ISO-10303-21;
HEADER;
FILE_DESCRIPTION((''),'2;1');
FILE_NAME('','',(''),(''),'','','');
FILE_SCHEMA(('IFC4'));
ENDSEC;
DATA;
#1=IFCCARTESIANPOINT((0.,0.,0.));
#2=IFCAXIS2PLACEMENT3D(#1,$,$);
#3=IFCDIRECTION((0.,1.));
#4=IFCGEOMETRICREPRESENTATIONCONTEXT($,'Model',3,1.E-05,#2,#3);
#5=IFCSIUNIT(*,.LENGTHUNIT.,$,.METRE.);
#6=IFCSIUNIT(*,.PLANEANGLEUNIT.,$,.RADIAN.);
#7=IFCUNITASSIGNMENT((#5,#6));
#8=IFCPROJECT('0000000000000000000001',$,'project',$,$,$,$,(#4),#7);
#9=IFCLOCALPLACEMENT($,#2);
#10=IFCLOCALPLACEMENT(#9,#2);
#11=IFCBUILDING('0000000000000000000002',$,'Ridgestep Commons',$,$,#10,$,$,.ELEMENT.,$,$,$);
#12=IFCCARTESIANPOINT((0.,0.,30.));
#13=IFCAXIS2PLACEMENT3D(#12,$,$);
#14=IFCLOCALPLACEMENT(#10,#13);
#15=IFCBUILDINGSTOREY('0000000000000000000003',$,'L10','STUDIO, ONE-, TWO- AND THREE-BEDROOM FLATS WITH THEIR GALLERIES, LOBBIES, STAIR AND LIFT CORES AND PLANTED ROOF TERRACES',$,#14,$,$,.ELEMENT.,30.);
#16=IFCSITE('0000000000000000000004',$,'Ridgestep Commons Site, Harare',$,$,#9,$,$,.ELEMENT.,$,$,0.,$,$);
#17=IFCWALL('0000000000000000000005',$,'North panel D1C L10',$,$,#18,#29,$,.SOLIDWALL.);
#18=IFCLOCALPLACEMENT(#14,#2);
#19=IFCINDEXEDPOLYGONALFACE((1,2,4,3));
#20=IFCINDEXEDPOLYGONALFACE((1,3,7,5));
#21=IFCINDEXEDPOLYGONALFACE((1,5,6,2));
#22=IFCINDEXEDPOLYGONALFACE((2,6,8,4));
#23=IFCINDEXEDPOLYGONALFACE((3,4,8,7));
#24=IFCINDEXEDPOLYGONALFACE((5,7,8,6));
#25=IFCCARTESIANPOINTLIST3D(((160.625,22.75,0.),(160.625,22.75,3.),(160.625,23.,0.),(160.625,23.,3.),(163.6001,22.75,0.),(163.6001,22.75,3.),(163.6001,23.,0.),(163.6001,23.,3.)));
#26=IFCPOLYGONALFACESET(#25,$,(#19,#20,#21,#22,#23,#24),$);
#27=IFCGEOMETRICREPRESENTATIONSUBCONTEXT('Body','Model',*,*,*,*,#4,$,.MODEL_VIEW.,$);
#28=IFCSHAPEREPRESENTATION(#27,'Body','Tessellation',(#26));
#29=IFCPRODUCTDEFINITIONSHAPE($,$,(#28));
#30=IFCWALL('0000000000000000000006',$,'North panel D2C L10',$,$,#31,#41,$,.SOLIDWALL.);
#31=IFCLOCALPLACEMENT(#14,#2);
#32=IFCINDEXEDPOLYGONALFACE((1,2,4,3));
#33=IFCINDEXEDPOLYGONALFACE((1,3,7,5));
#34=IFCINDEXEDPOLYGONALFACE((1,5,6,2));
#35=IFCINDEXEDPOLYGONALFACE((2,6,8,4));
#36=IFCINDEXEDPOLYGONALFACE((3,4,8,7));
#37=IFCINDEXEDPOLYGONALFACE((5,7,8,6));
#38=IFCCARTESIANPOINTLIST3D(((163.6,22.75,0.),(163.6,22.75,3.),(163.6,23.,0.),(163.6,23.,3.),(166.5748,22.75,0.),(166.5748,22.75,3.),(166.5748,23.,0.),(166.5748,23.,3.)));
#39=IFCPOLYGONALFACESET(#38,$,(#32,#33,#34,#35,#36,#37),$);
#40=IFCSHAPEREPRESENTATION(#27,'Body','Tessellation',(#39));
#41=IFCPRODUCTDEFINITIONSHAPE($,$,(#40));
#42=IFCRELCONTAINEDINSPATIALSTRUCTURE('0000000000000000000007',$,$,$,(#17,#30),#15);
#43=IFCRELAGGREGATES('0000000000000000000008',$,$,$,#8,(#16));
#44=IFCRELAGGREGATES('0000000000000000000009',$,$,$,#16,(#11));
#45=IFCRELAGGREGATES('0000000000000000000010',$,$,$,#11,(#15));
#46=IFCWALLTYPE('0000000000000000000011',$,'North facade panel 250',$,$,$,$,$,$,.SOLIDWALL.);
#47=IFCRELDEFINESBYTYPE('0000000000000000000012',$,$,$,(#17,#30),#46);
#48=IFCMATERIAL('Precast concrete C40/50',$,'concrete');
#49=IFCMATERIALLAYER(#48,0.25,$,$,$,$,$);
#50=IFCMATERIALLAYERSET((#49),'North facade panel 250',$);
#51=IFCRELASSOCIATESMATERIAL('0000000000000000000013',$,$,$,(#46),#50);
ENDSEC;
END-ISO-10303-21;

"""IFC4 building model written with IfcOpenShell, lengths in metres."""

from ifc_helpers import new_model, si_unit, direction, frame, frame_2d, origin, place, context, subcontext, project, spatial, rectangle, extrude, material, layer, layer_set, type_object, element, save


model = new_model("IFC4")

# Units and contexts
model_context = context("Model", 3, precision=1e-05, world=origin(), true_north=direction((0.0, 1.0)))
body_context = subcontext(model_context, "Body", "Model", "MODEL_VIEW")
ifc_project = project(units=[si_unit("LENGTHUNIT", "METRE"), si_unit("PLANEANGLEUNIT", "RADIAN")], contexts=[model_context])

# Site, building, storey
site_placement = place(None, origin())
site = spatial("IfcSite", under=ifc_project, at=site_placement, Name="Ridgestep Commons Site, Harare", CompositionType="ELEMENT", RefElevation=0.0)
building_placement = place(site_placement, origin())
building = spatial("IfcBuilding", under=site, at=building_placement, Name="Ridgestep Commons", CompositionType="ELEMENT")
storey_placement = place(building_placement, frame((0.0, 0.0, 30.0)))
storey = spatial("IfcBuildingStorey", under=building, at=storey_placement, Name="L10", Description="STUDIO, ONE-, TWO- AND THREE-BEDROOM FLATS WITH THEIR GALLERIES, LOBBIES, STAIR AND LIFT CORES AND PLANTED ROOF TERRACES", CompositionType="ELEMENT", Elevation=30.0)

# Walls
ifc_material_1 = material(Name="Precast concrete C40/50", Category="concrete")
ifc_layer_1 = layer(ifc_material_1, 0.25)
ifc_layer_set_1 = layer_set([ifc_layer_1], Name="North facade panel 250")
wall_type_1 = type_object("IfcWallType", Name="North facade panel 250", PredefinedType="SOLIDWALL", material=ifc_layer_set_1)
wall_1_placement = place(storey_placement, frame((160.625, 22.875, 0.0), z_axis=(0.0, 0.0, 1.0), x_axis=(1.0, 0.0, 0.0)))
element("IfcWall", 1, at=wall_1_placement, inside=storey, type_object=wall_type_1, Name="North panel D1C L10", PredefinedType="SOLIDWALL", context=body_context, shape_type="SweptSolid", body=[
    extrude(rectangle(XDim=2.9751, YDim=0.25, at=frame_2d((1.4875, 0.0))), origin(), (0.0, 0.0, 1.0), 3.0),
])
wall_2_placement = place(storey_placement, frame((163.6001, 22.875, 0.0), z_axis=(0.0, 0.0, 1.0), x_axis=(1.0, 0.0, 0.0)))
element("IfcWall", 2, at=wall_2_placement, inside=storey, type_object=wall_type_1, Name="North panel D2C L10", PredefinedType="SOLIDWALL", context=body_context, shape_type="SweptSolid", body=[
    extrude(rectangle(XDim=2.9749, YDim=0.25, at=frame_2d((1.4873, 0.0))), origin(), (0.0, 0.0, 1.0), 3.0),
])

save(model, "model.ifc")
